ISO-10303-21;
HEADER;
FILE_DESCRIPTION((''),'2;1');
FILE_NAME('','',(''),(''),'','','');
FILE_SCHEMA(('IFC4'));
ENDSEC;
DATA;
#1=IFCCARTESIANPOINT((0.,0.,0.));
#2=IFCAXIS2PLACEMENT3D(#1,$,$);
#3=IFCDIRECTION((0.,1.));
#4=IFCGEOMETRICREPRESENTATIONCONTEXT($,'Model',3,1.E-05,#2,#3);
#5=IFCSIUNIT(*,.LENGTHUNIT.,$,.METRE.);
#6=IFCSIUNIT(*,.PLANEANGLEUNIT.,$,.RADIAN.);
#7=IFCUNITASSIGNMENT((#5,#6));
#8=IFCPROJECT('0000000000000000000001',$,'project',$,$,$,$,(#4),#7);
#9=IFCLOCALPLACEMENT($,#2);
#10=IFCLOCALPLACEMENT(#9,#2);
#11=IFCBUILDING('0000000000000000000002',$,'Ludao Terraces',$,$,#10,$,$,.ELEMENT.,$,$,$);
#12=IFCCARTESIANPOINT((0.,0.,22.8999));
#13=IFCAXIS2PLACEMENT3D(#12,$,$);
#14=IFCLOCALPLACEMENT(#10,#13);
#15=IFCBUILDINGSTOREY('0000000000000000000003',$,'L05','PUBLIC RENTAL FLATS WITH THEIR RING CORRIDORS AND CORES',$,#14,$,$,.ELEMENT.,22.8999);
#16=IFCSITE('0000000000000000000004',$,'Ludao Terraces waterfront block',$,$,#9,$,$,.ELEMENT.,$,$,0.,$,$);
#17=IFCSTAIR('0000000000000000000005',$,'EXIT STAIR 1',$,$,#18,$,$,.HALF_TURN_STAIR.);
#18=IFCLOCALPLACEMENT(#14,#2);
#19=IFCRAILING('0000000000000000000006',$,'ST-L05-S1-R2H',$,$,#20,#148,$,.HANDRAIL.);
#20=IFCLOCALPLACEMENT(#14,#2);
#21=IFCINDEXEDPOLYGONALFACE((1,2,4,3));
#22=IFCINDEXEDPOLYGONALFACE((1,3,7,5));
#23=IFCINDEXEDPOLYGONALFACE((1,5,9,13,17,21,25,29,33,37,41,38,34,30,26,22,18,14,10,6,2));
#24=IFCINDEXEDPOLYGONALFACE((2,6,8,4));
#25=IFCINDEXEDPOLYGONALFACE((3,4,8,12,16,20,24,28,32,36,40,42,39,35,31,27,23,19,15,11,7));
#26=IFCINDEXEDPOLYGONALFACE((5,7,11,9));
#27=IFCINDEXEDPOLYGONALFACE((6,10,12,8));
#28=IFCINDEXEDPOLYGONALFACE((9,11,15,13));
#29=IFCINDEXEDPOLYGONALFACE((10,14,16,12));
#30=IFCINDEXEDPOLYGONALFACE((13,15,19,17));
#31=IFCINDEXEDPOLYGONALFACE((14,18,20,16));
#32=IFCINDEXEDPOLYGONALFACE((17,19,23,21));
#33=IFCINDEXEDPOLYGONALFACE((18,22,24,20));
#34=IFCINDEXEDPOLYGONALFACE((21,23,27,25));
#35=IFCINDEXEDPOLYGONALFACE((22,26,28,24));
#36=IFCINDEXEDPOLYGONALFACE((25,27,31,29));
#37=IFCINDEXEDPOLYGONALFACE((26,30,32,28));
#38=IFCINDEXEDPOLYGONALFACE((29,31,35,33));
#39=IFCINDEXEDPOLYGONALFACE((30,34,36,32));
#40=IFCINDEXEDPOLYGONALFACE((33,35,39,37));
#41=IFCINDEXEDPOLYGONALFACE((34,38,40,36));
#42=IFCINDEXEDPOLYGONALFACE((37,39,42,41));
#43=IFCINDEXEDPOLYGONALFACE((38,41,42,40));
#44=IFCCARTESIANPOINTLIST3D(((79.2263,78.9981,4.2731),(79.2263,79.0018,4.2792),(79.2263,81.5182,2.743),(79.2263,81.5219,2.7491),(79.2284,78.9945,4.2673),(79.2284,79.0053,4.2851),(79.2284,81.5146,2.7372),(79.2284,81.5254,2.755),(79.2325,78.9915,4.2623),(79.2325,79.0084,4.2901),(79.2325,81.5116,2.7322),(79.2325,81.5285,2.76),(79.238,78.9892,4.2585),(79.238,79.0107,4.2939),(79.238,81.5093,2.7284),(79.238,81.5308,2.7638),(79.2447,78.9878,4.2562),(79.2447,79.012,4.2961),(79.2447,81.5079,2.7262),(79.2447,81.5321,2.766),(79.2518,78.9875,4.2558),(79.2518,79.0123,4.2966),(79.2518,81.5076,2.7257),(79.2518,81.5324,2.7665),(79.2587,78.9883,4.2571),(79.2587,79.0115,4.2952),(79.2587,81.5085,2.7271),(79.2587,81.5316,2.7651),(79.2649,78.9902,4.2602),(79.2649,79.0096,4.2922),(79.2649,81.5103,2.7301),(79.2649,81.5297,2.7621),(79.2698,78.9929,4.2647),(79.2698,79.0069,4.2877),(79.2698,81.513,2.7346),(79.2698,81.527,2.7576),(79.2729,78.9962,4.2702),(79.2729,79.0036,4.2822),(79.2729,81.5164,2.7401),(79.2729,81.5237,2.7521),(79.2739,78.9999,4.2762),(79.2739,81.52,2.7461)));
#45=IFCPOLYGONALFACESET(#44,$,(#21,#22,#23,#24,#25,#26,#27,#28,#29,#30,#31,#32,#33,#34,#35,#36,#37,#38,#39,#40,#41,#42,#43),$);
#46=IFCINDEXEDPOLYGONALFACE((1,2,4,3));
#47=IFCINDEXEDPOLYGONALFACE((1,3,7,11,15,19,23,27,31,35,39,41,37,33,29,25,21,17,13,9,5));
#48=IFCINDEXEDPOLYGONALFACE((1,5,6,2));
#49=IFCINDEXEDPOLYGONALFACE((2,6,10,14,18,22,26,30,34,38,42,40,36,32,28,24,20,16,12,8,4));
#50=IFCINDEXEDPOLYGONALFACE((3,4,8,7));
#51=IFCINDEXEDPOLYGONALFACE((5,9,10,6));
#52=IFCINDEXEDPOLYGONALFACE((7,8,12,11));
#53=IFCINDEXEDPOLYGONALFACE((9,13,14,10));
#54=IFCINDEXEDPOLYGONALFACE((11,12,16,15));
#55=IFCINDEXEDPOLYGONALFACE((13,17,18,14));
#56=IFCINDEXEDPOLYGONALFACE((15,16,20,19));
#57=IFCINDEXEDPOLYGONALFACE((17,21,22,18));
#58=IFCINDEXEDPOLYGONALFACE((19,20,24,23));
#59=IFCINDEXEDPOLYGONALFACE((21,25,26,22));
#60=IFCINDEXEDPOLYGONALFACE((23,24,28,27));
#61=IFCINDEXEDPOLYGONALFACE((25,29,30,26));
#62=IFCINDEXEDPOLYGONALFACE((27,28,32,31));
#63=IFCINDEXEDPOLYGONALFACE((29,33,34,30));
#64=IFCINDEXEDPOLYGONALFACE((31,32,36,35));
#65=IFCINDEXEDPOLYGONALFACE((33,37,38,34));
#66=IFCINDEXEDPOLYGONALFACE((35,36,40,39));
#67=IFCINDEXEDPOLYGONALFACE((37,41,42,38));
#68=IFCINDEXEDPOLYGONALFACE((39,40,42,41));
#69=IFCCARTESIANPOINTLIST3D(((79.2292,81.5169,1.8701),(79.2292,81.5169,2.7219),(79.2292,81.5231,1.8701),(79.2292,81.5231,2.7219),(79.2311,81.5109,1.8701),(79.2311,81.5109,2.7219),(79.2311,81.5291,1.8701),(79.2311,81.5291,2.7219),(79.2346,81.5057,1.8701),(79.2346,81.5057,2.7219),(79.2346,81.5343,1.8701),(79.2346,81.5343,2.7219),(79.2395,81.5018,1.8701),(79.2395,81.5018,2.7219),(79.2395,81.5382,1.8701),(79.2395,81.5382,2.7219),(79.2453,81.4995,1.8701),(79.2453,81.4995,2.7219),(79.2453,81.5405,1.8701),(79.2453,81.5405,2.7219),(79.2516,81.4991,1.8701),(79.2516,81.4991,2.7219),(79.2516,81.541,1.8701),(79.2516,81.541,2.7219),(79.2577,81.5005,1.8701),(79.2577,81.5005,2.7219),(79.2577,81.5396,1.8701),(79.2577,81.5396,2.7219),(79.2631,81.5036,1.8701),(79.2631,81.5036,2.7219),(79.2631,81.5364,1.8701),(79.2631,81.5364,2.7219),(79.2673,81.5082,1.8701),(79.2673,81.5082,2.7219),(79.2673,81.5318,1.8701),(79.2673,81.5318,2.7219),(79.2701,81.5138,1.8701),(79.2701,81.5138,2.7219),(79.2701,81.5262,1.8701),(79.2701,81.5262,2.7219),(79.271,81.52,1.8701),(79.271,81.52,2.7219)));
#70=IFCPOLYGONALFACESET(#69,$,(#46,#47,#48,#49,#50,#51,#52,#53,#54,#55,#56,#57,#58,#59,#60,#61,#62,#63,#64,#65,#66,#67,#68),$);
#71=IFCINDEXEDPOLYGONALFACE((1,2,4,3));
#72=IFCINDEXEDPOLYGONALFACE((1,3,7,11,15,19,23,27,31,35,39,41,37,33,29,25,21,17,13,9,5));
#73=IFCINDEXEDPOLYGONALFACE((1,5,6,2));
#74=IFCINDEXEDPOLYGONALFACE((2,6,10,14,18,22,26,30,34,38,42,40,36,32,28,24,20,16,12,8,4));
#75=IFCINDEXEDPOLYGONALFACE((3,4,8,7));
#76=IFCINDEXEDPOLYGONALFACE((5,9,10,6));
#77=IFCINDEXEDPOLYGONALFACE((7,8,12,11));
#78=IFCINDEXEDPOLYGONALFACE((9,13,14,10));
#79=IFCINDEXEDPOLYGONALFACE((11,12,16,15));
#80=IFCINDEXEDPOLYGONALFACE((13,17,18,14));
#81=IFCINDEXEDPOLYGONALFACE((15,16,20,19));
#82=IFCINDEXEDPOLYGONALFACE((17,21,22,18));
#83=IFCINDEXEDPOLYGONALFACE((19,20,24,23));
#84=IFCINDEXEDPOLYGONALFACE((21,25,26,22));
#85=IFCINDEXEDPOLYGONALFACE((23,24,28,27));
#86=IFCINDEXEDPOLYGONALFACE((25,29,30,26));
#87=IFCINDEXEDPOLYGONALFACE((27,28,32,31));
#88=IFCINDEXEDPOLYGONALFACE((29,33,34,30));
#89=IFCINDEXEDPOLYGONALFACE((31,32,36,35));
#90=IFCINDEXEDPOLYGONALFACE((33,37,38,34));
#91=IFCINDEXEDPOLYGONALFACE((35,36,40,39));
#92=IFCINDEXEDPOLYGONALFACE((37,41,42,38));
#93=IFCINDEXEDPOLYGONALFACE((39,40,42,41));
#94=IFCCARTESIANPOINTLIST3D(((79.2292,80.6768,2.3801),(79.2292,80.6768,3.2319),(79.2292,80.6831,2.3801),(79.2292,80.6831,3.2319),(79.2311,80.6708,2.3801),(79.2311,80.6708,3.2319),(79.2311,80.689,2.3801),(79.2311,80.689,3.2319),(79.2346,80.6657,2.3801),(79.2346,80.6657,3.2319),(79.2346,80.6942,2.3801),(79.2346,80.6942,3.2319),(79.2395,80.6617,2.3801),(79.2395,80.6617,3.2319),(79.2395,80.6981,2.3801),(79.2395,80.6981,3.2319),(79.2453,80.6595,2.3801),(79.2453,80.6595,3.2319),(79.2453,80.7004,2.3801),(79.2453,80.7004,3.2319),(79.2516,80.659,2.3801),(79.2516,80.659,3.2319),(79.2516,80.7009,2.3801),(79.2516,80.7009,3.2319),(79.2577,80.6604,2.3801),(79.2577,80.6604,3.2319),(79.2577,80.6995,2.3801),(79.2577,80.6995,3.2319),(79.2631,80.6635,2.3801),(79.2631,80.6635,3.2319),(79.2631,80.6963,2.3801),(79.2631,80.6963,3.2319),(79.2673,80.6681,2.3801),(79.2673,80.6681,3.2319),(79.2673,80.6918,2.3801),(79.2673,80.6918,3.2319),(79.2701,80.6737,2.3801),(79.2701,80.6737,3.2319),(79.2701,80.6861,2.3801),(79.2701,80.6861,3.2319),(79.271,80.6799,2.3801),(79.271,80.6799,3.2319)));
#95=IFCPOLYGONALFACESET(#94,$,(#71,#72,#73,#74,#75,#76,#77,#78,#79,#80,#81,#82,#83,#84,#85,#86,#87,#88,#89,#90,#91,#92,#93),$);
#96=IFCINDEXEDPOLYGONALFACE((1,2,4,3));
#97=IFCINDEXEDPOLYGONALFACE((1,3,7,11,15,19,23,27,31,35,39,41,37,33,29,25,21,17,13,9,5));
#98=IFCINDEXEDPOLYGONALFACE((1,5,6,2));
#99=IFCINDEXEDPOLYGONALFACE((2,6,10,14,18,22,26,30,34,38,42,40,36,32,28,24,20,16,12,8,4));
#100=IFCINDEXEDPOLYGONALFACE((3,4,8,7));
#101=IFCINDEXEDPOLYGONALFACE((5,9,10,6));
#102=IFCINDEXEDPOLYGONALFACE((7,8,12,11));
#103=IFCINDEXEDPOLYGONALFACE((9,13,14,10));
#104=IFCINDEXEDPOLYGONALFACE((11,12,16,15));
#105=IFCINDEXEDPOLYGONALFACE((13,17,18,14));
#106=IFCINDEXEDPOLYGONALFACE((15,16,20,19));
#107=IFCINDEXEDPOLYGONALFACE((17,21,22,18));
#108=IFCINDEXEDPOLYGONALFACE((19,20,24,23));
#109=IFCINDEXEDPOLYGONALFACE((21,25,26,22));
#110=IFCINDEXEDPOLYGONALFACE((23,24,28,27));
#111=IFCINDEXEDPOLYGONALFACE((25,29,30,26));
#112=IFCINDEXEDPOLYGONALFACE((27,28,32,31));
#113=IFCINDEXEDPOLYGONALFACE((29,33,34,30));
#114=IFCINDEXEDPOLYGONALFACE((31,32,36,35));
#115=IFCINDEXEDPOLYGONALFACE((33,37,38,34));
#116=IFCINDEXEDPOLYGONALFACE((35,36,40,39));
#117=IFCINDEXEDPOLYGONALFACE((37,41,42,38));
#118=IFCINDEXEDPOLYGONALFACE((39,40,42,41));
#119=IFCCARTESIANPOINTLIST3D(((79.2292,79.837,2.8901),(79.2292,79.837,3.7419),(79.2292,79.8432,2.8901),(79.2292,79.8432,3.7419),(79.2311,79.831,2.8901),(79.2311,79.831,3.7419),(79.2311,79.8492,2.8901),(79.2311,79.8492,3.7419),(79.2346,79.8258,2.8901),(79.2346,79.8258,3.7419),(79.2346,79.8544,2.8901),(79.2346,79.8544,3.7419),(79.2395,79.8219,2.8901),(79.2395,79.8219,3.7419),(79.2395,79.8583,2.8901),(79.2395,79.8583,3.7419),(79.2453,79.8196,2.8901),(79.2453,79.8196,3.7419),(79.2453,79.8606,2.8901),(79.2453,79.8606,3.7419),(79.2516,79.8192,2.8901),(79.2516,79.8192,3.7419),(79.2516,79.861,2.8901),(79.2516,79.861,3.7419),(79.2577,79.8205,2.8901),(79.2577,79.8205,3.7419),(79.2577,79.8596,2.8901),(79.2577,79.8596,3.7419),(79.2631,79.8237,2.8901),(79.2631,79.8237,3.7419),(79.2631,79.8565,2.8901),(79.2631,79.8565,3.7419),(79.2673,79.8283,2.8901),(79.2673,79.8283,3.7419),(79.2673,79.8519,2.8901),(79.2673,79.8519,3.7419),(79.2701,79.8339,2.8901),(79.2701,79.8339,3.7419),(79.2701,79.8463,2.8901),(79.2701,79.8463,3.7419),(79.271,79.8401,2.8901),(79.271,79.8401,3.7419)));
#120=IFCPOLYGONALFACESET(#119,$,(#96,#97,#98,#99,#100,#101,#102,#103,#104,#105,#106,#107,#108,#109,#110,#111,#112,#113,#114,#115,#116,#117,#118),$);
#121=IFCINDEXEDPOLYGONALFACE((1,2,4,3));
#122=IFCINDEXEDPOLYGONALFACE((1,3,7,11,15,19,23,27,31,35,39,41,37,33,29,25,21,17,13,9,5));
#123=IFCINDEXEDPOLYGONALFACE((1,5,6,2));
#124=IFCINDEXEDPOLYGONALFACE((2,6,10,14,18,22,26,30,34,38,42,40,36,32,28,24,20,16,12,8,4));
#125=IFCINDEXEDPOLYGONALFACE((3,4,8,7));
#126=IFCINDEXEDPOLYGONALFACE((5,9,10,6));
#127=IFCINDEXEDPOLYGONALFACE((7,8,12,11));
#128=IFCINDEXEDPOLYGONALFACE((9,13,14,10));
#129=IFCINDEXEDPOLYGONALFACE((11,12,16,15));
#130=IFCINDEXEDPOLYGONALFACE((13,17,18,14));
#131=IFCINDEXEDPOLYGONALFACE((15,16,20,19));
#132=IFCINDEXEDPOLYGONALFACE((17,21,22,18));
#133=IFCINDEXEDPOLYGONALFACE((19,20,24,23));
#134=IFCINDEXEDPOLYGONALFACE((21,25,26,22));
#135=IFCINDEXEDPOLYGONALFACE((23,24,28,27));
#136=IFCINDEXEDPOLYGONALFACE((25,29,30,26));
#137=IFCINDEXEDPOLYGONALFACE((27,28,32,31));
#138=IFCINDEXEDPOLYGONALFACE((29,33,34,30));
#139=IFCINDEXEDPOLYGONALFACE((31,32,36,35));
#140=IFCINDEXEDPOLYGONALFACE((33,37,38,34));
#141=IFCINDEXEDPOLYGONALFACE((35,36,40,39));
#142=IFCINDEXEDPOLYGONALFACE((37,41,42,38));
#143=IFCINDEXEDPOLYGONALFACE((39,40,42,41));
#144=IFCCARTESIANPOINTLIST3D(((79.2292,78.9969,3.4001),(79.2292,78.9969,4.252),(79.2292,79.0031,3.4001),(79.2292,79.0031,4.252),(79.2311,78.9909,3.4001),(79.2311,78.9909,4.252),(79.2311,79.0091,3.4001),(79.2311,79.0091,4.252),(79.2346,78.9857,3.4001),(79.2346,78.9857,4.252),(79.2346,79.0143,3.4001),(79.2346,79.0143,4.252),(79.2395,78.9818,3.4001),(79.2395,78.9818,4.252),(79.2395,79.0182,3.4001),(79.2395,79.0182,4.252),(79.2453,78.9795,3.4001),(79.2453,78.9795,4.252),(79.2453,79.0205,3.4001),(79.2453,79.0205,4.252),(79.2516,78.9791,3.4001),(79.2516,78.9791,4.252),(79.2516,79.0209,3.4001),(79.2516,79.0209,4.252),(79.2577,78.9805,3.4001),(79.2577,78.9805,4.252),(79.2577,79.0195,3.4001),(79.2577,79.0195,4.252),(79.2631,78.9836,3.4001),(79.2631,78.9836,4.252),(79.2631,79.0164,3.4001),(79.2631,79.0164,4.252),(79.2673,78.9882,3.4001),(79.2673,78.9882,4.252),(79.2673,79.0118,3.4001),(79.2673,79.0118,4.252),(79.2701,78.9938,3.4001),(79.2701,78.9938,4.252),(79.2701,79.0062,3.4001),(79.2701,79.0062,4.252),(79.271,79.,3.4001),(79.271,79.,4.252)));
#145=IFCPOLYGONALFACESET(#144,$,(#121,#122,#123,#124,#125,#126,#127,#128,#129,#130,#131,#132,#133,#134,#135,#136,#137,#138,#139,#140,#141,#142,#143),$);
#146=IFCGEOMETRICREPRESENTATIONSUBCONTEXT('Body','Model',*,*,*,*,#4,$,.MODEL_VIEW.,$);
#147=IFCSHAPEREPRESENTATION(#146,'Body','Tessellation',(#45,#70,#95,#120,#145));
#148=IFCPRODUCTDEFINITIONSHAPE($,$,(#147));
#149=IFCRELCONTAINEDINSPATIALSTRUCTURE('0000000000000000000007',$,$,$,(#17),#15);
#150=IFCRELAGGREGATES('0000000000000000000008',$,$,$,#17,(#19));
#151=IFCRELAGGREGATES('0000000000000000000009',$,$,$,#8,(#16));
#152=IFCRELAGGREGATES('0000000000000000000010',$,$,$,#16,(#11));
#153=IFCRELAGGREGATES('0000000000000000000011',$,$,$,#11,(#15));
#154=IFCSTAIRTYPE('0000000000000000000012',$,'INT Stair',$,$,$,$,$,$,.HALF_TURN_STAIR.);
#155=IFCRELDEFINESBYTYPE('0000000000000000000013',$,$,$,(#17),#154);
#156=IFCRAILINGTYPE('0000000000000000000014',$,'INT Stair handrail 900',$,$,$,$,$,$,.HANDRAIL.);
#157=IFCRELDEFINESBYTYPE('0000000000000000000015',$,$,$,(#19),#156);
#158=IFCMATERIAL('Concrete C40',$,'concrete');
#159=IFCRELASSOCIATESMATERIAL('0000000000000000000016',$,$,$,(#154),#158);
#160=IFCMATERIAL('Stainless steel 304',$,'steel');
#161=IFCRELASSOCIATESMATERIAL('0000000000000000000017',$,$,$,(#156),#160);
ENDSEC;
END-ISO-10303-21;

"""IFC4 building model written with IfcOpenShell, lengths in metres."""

from ifc_helpers import new_model, si_unit, direction, frame, origin, origin_2d, place, context, subcontext, project, spatial, circle, extrude, material, type_object, element, aggregate, save


model = new_model("IFC4")

# Units and contexts
model_context = context("Model", 3, precision=1e-05, world=origin(), true_north=direction((0.0, 1.0)))
body_context = subcontext(model_context, "Body", "Model", "MODEL_VIEW")
ifc_project = project(units=[si_unit("LENGTHUNIT", "METRE"), si_unit("PLANEANGLEUNIT", "RADIAN")], contexts=[model_context])

# Site, building, storey
site_placement = place(None, origin())
site = spatial("IfcSite", under=ifc_project, at=site_placement, Name="Ludao Terraces waterfront block", CompositionType="ELEMENT", RefElevation=0.0)
building_placement = place(site_placement, origin())
building = spatial("IfcBuilding", under=site, at=building_placement, Name="Ludao Terraces", CompositionType="ELEMENT")
storey_placement = place(building_placement, frame((0.0, 0.0, 22.8999)))
storey = spatial("IfcBuildingStorey", under=building, at=storey_placement, Name="L05", Description="PUBLIC RENTAL FLATS WITH THEIR RING CORRIDORS AND CORES", CompositionType="ELEMENT", Elevation=22.8999)

# Stair, railing
ifc_material_1 = material(Name="Concrete C40", Category="concrete")
stair_type = type_object("IfcStairType", Name="INT Stair", PredefinedType="HALF_TURN_STAIR", material=ifc_material_1)
stair_placement = place(storey_placement, origin())
stair = element("IfcStair", 1, at=stair_placement, inside=storey, type_object=stair_type, Name="EXIT STAIR 1", PredefinedType="HALF_TURN_STAIR")
ifc_material_2 = material(Name="Stainless steel 304", Category="steel")
railing_type_1 = type_object("IfcRailingType", Name="INT Stair handrail 900", PredefinedType="HANDRAIL", material=ifc_material_2)
railing_1_placement = place(storey_placement, frame((79.25, 81.52, 1.8701)))
railing_1 = element("IfcRailing", 2, at=railing_1_placement, type_object=railing_type_1, Name="ST-L05-S1-R2H", PredefinedType="HANDRAIL", context=body_context, shape_type="SweptSolid", body=[
    extrude(circle(Radius=0.0239, at=origin_2d()), frame((0.0, 0.0, 0.876), z_axis=(0.0, -0.854785, 0.518982), x_axis=(1.0, 0.0, 0.0)), (0.0, 0.0, 1.0), 2.9482),
    extrude(circle(Radius=0.021, at=origin_2d()), origin(), (0.0, 0.0, 1.0), 0.8518),
    extrude(circle(Radius=0.021, at=origin_2d()), frame((0.0, -0.8401, 0.51)), (0.0, 0.0, 1.0), 0.8518),
    extrude(circle(Radius=0.021, at=origin_2d()), frame((0.0, -1.6799, 1.02)), (0.0, 0.0, 1.0), 0.8518),
    extrude(circle(Radius=0.021, at=origin_2d()), frame((0.0, -2.52, 1.53)), (0.0, 0.0, 1.0), 0.8518),
])
aggregate(stair, [railing_1])

save(model, "model.ifc")
